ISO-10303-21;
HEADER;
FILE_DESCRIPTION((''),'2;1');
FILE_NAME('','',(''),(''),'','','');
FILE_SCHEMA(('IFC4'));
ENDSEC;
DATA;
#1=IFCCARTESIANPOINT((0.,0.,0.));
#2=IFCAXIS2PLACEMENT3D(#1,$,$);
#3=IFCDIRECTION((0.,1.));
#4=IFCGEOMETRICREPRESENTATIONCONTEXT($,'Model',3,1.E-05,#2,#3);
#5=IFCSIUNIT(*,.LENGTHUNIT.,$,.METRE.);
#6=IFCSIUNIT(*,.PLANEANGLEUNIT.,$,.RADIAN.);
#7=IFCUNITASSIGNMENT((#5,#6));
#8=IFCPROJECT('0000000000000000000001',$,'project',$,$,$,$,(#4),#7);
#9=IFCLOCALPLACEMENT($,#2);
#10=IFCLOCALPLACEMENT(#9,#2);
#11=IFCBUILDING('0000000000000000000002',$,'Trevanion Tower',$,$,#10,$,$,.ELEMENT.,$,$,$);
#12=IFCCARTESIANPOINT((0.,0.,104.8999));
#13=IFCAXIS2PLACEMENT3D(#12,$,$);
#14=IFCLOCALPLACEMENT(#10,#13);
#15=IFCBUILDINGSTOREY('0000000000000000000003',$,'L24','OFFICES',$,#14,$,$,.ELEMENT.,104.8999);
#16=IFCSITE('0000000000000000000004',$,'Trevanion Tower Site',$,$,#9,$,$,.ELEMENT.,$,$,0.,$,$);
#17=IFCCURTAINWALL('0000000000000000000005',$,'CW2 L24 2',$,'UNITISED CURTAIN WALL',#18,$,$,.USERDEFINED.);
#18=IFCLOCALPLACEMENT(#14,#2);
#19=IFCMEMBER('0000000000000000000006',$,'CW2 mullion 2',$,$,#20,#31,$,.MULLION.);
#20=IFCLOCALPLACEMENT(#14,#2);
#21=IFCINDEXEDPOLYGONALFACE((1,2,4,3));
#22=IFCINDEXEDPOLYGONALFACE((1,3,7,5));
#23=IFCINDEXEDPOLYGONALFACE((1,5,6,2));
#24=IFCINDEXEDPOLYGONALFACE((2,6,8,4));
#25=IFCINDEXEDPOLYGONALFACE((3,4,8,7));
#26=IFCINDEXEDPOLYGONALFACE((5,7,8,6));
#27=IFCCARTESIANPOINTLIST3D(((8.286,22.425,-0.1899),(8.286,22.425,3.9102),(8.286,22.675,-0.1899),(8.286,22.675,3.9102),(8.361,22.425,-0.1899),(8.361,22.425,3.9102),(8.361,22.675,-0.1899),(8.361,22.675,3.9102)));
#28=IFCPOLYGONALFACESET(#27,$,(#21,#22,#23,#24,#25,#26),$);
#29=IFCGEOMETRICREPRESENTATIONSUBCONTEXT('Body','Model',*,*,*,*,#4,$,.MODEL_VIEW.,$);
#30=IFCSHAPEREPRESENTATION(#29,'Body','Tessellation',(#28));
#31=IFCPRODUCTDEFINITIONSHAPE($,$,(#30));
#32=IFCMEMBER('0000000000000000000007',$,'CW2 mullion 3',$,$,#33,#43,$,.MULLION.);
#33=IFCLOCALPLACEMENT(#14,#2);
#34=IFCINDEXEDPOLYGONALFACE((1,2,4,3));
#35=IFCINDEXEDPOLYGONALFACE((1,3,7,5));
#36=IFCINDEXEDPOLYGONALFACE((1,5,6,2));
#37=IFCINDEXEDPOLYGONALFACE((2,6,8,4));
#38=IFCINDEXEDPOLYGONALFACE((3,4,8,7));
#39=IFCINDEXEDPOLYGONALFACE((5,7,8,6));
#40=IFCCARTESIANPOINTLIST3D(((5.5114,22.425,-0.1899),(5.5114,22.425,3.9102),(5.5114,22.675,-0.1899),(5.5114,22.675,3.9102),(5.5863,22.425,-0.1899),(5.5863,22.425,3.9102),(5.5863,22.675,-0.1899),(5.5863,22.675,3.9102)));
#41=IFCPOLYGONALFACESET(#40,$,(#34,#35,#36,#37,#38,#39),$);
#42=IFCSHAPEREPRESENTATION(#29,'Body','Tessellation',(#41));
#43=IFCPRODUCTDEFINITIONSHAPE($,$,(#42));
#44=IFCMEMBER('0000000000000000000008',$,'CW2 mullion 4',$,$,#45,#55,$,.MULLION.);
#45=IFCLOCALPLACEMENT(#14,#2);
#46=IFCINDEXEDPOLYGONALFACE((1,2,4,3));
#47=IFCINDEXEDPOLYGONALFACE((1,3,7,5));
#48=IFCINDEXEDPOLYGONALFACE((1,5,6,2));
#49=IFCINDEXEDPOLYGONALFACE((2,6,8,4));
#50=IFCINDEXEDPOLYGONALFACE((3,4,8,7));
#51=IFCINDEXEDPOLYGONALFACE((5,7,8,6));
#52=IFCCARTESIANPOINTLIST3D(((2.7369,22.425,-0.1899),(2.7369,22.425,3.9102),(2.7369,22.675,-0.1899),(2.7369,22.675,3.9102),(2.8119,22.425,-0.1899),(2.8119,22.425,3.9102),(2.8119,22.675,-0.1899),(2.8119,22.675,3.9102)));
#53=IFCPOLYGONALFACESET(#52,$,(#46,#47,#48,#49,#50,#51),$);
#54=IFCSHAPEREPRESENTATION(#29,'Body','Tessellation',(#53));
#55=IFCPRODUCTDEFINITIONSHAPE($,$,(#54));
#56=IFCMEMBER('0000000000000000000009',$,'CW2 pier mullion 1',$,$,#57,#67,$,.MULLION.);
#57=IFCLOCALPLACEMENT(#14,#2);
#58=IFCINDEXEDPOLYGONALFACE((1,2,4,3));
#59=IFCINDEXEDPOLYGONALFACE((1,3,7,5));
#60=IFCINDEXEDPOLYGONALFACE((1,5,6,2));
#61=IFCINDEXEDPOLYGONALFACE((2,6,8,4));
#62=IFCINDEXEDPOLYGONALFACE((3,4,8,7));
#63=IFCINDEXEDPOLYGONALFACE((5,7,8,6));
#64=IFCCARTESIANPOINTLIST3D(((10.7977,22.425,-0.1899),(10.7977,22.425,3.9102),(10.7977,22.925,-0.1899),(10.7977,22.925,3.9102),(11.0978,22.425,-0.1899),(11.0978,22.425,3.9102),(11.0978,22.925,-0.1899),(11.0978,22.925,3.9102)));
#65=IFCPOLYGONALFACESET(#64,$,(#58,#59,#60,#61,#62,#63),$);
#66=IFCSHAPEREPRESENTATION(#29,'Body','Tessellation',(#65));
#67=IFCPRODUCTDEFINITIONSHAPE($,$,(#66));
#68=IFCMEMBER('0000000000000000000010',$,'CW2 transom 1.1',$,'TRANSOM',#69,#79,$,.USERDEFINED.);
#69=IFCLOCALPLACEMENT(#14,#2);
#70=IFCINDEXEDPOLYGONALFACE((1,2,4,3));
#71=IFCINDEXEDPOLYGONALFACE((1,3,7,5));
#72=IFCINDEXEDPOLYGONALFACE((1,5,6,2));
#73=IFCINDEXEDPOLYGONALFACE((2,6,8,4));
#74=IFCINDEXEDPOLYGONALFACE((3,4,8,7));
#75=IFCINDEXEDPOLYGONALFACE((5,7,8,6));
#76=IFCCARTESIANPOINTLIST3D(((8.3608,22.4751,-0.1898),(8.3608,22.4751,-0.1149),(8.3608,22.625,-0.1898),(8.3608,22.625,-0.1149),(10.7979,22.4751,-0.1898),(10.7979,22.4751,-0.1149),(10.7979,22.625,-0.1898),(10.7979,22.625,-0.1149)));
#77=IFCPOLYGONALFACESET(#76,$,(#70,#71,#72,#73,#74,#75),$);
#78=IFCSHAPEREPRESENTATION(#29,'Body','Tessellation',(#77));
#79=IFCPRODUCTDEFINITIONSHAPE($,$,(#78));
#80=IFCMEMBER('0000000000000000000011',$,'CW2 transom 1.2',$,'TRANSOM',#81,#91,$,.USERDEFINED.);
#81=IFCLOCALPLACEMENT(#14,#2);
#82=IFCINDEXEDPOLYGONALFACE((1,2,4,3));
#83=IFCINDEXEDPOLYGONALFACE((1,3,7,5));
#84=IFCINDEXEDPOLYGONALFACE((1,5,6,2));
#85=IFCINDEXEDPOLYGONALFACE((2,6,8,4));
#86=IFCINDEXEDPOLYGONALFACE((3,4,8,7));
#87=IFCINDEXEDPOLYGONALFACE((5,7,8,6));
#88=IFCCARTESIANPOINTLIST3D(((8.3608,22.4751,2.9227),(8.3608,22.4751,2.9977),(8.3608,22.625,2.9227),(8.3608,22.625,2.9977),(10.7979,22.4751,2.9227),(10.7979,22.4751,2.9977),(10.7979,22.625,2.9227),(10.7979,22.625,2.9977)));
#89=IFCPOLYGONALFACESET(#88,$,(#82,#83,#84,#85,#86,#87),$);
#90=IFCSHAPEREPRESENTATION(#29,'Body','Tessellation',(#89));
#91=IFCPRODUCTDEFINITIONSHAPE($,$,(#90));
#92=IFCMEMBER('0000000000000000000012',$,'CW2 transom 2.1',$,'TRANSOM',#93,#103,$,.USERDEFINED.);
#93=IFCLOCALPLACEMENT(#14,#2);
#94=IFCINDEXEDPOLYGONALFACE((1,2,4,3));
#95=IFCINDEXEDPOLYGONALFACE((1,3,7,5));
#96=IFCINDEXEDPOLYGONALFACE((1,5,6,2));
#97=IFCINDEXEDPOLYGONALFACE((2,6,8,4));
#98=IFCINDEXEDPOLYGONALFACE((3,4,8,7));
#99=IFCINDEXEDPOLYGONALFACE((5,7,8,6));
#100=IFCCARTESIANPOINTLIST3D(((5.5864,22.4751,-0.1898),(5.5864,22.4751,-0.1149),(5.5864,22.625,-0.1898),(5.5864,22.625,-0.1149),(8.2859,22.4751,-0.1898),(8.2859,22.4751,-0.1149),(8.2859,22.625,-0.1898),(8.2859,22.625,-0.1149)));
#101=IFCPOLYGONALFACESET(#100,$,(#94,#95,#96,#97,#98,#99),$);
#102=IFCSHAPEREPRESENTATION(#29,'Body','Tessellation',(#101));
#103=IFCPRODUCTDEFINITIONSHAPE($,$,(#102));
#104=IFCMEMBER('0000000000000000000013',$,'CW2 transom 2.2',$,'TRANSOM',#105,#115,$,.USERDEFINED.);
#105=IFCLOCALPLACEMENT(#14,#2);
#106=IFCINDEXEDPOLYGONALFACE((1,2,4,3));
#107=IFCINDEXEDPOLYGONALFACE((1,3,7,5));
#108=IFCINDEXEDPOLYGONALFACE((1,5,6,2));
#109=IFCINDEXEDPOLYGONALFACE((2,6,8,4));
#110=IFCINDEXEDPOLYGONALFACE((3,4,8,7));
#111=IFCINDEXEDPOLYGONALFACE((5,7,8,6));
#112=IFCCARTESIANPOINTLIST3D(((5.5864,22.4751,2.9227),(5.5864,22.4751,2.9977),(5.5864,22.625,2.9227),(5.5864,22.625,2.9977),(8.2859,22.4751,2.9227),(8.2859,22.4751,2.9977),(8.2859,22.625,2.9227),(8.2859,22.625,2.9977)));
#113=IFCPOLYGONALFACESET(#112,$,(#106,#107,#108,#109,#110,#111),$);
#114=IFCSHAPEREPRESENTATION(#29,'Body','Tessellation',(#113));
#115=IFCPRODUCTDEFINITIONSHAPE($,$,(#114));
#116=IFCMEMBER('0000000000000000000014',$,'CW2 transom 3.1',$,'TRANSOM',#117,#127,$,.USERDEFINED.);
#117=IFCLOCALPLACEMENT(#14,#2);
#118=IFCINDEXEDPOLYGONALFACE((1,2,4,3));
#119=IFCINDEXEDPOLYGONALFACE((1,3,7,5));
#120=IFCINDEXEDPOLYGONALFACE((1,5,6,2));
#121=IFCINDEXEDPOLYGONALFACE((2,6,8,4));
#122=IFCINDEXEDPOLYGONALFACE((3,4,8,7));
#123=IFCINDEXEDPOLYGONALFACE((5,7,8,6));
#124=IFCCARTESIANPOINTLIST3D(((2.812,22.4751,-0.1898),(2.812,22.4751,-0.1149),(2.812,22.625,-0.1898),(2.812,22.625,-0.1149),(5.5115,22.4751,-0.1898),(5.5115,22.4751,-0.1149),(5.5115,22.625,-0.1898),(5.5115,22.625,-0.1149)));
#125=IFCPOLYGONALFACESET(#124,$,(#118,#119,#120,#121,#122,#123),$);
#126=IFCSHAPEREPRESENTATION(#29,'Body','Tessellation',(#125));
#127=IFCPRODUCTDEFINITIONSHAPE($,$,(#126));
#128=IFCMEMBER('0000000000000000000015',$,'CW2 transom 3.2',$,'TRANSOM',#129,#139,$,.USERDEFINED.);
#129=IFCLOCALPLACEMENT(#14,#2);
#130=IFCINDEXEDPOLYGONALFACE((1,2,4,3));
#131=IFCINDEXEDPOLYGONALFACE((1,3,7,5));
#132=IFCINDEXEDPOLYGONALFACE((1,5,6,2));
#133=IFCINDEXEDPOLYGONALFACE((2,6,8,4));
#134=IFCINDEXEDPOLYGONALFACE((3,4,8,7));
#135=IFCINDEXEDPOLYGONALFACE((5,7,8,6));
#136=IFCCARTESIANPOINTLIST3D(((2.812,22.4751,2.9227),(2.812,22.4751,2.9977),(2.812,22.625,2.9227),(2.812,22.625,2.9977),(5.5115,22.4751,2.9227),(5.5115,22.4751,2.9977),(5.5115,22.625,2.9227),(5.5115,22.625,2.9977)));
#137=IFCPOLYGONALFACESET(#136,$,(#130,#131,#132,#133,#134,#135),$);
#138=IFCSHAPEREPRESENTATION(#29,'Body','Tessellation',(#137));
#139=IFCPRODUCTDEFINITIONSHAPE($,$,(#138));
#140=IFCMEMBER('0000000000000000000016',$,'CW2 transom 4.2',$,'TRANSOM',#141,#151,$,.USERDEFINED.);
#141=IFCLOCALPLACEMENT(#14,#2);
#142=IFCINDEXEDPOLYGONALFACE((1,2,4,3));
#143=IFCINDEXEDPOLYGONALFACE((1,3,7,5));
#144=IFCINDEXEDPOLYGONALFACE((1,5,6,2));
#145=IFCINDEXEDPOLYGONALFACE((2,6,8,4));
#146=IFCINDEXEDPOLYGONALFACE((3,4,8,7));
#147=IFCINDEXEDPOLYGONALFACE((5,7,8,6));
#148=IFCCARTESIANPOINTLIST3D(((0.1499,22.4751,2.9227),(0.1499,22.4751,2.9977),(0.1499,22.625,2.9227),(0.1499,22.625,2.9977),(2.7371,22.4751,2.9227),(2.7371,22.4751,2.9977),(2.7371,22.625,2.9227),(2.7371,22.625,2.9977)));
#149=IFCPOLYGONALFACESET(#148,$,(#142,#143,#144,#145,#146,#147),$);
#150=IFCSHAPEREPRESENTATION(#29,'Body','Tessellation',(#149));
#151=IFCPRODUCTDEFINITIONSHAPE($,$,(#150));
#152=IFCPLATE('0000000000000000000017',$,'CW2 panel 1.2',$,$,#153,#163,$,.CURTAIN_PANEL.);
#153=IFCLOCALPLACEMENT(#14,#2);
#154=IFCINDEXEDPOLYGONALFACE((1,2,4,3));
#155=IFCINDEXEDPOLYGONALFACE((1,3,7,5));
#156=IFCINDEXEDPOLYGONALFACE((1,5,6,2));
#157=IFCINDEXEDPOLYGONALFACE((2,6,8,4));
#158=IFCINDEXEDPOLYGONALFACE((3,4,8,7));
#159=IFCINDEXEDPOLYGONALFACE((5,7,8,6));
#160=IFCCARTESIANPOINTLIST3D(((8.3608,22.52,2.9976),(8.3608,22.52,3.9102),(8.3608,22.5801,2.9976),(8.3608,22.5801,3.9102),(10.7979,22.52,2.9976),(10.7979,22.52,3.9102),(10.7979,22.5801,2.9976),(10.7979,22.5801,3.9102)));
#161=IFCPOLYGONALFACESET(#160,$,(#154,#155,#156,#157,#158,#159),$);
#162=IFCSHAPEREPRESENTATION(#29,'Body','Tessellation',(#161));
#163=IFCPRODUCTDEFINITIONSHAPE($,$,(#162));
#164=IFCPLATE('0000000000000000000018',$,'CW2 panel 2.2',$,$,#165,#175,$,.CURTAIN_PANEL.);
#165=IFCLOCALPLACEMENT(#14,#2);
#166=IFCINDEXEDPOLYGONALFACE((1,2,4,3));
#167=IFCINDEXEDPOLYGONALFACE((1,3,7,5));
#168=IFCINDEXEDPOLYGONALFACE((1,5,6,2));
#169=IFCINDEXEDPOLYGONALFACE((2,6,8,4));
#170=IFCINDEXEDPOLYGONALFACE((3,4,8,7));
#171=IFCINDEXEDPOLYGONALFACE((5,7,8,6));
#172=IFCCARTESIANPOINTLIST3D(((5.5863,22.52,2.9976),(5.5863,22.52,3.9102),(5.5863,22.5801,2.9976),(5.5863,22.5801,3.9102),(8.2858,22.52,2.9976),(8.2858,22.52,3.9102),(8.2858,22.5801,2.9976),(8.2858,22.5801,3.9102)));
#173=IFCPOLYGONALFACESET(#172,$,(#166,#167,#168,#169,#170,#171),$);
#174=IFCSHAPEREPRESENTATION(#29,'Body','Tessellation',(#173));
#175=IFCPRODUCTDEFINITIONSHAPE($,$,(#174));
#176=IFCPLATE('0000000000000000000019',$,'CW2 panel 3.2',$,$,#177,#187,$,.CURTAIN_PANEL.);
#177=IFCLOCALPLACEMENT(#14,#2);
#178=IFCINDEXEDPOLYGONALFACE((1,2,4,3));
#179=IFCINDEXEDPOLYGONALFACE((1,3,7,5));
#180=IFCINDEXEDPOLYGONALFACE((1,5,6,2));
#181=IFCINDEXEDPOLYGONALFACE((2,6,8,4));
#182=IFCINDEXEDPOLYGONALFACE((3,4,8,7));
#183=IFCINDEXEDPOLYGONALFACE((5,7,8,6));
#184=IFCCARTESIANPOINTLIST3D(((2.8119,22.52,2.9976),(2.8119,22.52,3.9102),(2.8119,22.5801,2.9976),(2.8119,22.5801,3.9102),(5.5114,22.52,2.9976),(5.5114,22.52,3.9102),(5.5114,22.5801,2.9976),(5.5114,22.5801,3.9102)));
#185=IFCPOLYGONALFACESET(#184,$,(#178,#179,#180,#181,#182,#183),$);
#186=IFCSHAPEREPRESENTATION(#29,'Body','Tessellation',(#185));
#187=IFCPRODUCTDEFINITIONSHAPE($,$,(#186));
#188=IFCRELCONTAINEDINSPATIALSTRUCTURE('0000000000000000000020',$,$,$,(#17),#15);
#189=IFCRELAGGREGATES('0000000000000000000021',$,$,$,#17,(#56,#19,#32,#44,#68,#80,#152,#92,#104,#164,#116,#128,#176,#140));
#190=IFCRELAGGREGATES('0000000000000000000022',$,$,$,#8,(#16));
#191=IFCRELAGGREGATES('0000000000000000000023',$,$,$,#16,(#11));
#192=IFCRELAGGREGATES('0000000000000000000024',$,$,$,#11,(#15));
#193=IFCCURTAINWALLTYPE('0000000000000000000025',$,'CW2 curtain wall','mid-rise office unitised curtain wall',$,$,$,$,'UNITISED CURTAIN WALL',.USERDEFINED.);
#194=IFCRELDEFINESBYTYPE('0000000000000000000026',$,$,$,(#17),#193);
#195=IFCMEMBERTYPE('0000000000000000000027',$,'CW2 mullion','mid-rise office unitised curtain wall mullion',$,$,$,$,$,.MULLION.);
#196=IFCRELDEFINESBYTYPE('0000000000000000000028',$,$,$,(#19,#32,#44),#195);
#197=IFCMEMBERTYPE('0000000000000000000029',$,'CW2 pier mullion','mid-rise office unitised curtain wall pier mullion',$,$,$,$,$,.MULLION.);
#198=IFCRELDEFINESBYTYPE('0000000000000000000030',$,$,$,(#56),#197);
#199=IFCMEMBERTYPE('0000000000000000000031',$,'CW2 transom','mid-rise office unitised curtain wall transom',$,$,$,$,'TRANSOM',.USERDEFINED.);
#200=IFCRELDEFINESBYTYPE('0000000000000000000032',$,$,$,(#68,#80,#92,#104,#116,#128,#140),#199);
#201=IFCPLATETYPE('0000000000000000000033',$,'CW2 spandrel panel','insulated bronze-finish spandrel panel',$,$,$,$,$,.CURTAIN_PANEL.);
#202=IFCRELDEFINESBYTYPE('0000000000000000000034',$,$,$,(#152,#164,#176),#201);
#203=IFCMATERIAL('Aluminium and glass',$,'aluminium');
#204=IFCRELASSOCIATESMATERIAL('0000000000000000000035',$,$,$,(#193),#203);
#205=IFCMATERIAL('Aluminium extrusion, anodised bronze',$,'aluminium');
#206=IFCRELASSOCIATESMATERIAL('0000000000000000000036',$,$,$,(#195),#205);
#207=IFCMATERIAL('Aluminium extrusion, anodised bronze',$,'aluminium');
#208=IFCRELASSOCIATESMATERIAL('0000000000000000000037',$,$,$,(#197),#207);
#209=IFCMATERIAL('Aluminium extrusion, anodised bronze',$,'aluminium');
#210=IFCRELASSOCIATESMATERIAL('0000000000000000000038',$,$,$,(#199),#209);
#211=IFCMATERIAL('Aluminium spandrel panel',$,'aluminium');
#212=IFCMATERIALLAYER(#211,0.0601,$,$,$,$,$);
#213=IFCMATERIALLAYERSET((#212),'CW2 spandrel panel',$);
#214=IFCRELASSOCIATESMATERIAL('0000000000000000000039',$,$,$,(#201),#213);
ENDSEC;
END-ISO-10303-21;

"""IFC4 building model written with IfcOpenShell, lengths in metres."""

from ifc_helpers import new_model, si_unit, direction, frame, origin, origin_2d, place, context, subcontext, project, spatial, rectangle, extrude, material, layer, layer_set, material_profile, profile_set, type_object, element, aggregate, save


model = new_model("IFC4")

# Units and contexts
model_context = context("Model", 3, precision=1e-05, world=origin(), true_north=direction((0.0, 1.0)))
body_context = subcontext(model_context, "Body", "Model", "MODEL_VIEW")
ifc_project = project(units=[si_unit("LENGTHUNIT", "METRE"), si_unit("PLANEANGLEUNIT", "RADIAN")], contexts=[model_context])

# Site, building, storey
site_placement = place(None, origin())
site = spatial("IfcSite", under=ifc_project, at=site_placement, Name="Trevanion Tower Site", CompositionType="ELEMENT", RefElevation=0.0)
building_placement = place(site_placement, origin())
building = spatial("IfcBuilding", under=site, at=building_placement, Name="Trevanion Tower", CompositionType="ELEMENT")
storey_placement = place(building_placement, frame((0.0, 0.0, 104.8999)))
storey = spatial("IfcBuildingStorey", under=building, at=storey_placement, Name="L24", Description="OFFICES", CompositionType="ELEMENT", Elevation=104.8999)

# Curtain wall, members, plates
ifc_material_1 = material(Name="Aluminium and glass", Category="aluminium")
curtain_wall_type = type_object("IfcCurtainWallType", Name="CW2 curtain wall", Description="mid-rise office unitised curtain wall", ElementType="UNITISED CURTAIN WALL", PredefinedType="USERDEFINED", material=ifc_material_1)
curtain_wall_placement = place(storey_placement, origin())
curtain_wall = element("IfcCurtainWall", 1, at=curtain_wall_placement, inside=storey, type_object=curtain_wall_type, Name="CW2 L24 2", ObjectType="UNITISED CURTAIN WALL", PredefinedType="USERDEFINED")
ifc_material_2 = material(Name="Aluminium extrusion, anodised bronze", Category="aluminium")
ifc_material_profile_1 = material_profile(ifc_material_2, rectangle(XDim=0.075, YDim=0.25, at=origin_2d()), Name="CW2 mullion")
ifc_profile_set_1 = profile_set([ifc_material_profile_1], Name="Aluminium extrusion, anodised bronze")
member_type_1 = type_object("IfcMemberType", Name="CW2 mullion", Description="mid-rise office unitised curtain wall mullion", PredefinedType="MULLION", material=ifc_profile_set_1)
member_1_placement = place(storey_placement, frame((8.3235, 22.55, -0.1899), z_axis=(0.0, 0.0, 1.0), x_axis=(-1.0, 0.0, 0.0)))
member_1 = element("IfcMember", 2, at=member_1_placement, type_object=member_type_1, Name="CW2 mullion 2", PredefinedType="MULLION", context=body_context, shape_type="SweptSolid", body=[
    extrude(rectangle(XDim=0.075, YDim=0.25, at=origin_2d()), origin(), (0.0, 0.0, 1.0), 4.1001),
])
member_2_placement = place(storey_placement, frame((5.5488, 22.55, -0.1899), z_axis=(0.0, 0.0, 1.0), x_axis=(-1.0, 0.0, 0.0)))
member_2 = element("IfcMember", 3, at=member_2_placement, type_object=member_type_1, Name="CW2 mullion 3", PredefinedType="MULLION", context=body_context, shape_type="SweptSolid", body=[
    extrude(rectangle(XDim=0.075, YDim=0.25, at=origin_2d()), origin(), (0.0, 0.0, 1.0), 4.1001),
])
member_3_placement = place(storey_placement, frame((2.7744, 22.55, -0.1899), z_axis=(0.0, 0.0, 1.0), x_axis=(-1.0, 0.0, 0.0)))
member_3 = element("IfcMember", 4, at=member_3_placement, type_object=member_type_1, Name="CW2 mullion 4", PredefinedType="MULLION", context=body_context, shape_type="SweptSolid", body=[
    extrude(rectangle(XDim=0.075, YDim=0.25, at=origin_2d()), origin(), (0.0, 0.0, 1.0), 4.1001),
])
ifc_material_3 = material(Name="Aluminium extrusion, anodised bronze", Category="aluminium")
ifc_material_profile_2 = material_profile(ifc_material_3, rectangle(XDim=0.3, YDim=0.5, at=origin_2d()), Name="CW2 pier mullion")
ifc_profile_set_2 = profile_set([ifc_material_profile_2], Name="Aluminium extrusion, anodised bronze")
member_type_2 = type_object("IfcMemberType", Name="CW2 pier mullion", Description="mid-rise office unitised curtain wall pier mullion", PredefinedType="MULLION", material=ifc_profile_set_2)
member_4_placement = place(storey_placement, frame((10.9478, 22.675, -0.1899), z_axis=(0.0, 0.0, 1.0), x_axis=(-1.0, 0.0, 0.0)))
member_4 = element("IfcMember", 5, at=member_4_placement, type_object=member_type_2, Name="CW2 pier mullion 1", PredefinedType="MULLION", context=body_context, shape_type="SweptSolid", body=[
    extrude(rectangle(XDim=0.3, YDim=0.5, at=origin_2d()), origin(), (0.0, 0.0, 1.0), 4.1001),
])
ifc_material_4 = material(Name="Aluminium extrusion, anodised bronze", Category="aluminium")
ifc_material_profile_3 = material_profile(ifc_material_4, rectangle(XDim=0.1499, YDim=0.075, at=origin_2d()), Name="CW2 transom")
ifc_profile_set_3 = profile_set([ifc_material_profile_3], Name="Aluminium extrusion, anodised bronze")
member_type_3 = type_object("IfcMemberType", Name="CW2 transom", Description="mid-rise office unitised curtain wall transom", ElementType="TRANSOM", PredefinedType="USERDEFINED", material=ifc_profile_set_3)
member_5_placement = place(storey_placement, frame((10.7979, 22.55, -0.1523), z_axis=(-1.0, 0.0, 0.0), x_axis=(0.0, -1.0, 0.0)))
member_5 = element("IfcMember", 6, at=member_5_placement, type_object=member_type_3, Name="CW2 transom 1.1", ObjectType="TRANSOM", PredefinedType="USERDEFINED", context=body_context, shape_type="SweptSolid", body=[
    extrude(rectangle(XDim=0.1499, YDim=0.075, at=origin_2d()), origin(), (0.0, 0.0, 1.0), 2.437),
])
member_6_placement = place(storey_placement, frame((10.7979, 22.55, 2.9602), z_axis=(-1.0, 0.0, 0.0), x_axis=(0.0, -1.0, 0.0)))
member_6 = element("IfcMember", 7, at=member_6_placement, type_object=member_type_3, Name="CW2 transom 1.2", ObjectType="TRANSOM", PredefinedType="USERDEFINED", context=body_context, shape_type="SweptSolid", body=[
    extrude(rectangle(XDim=0.1499, YDim=0.075, at=origin_2d()), origin(), (0.0, 0.0, 1.0), 2.437),
])
member_7_placement = place(storey_placement, frame((8.2859, 22.55, -0.1523), z_axis=(-1.0, 0.0, 0.0), x_axis=(0.0, -1.0, 0.0)))
member_7 = element("IfcMember", 8, at=member_7_placement, type_object=member_type_3, Name="CW2 transom 2.1", ObjectType="TRANSOM", PredefinedType="USERDEFINED", context=body_context, shape_type="SweptSolid", body=[
    extrude(rectangle(XDim=0.1499, YDim=0.075, at=origin_2d()), origin(), (0.0, 0.0, 1.0), 2.6995),
])
member_8_placement = place(storey_placement, frame((8.2859, 22.55, 2.9602), z_axis=(-1.0, 0.0, 0.0), x_axis=(0.0, -1.0, 0.0)))
member_8 = element("IfcMember", 9, at=member_8_placement, type_object=member_type_3, Name="CW2 transom 2.2", ObjectType="TRANSOM", PredefinedType="USERDEFINED", context=body_context, shape_type="SweptSolid", body=[
    extrude(rectangle(XDim=0.1499, YDim=0.075, at=origin_2d()), origin(), (0.0, 0.0, 1.0), 2.6995),
])
member_9_placement = place(storey_placement, frame((5.5115, 22.55, -0.1523), z_axis=(-1.0, 0.0, 0.0), x_axis=(0.0, -1.0, 0.0)))
member_9 = element("IfcMember", 10, at=member_9_placement, type_object=member_type_3, Name="CW2 transom 3.1", ObjectType="TRANSOM", PredefinedType="USERDEFINED", context=body_context, shape_type="SweptSolid", body=[
    extrude(rectangle(XDim=0.1499, YDim=0.075, at=origin_2d()), origin(), (0.0, 0.0, 1.0), 2.6995),
])
member_10_placement = place(storey_placement, frame((5.5115, 22.55, 2.9602), z_axis=(-1.0, 0.0, 0.0), x_axis=(0.0, -1.0, 0.0)))
member_10 = element("IfcMember", 11, at=member_10_placement, type_object=member_type_3, Name="CW2 transom 3.2", ObjectType="TRANSOM", PredefinedType="USERDEFINED", context=body_context, shape_type="SweptSolid", body=[
    extrude(rectangle(XDim=0.1499, YDim=0.075, at=origin_2d()), origin(), (0.0, 0.0, 1.0), 2.6995),
])
member_11_placement = place(storey_placement, frame((2.7371, 22.55, 2.9602), z_axis=(-1.0, 0.0, 0.0), x_axis=(0.0, -1.0, 0.0)))
member_11 = element("IfcMember", 12, at=member_11_placement, type_object=member_type_3, Name="CW2 transom 4.2", ObjectType="TRANSOM", PredefinedType="USERDEFINED", context=body_context, shape_type="SweptSolid", body=[
    extrude(rectangle(XDim=0.1499, YDim=0.075, at=origin_2d()), origin(), (0.0, 0.0, 1.0), 2.5872),
])
ifc_material_5 = material(Name="Aluminium spandrel panel", Category="aluminium")
ifc_layer_1 = layer(ifc_material_5, 0.0601)
ifc_layer_set_1 = layer_set([ifc_layer_1], Name="CW2 spandrel panel")
plate_type_1 = type_object("IfcPlateType", Name="CW2 spandrel panel", Description="insulated bronze-finish spandrel panel", PredefinedType="CURTAIN_PANEL", material=ifc_layer_set_1)
plate_1_placement = place(storey_placement, frame((9.5793, 22.55, 2.9976), z_axis=(0.0, 0.0, 1.0), x_axis=(-1.0, 0.0, 0.0)))
plate_1 = element("IfcPlate", 13, at=plate_1_placement, type_object=plate_type_1, Name="CW2 panel 1.2", PredefinedType="CURTAIN_PANEL", context=body_context, shape_type="SweptSolid", body=[
    extrude(rectangle(XDim=2.437, YDim=0.0601, at=origin_2d()), origin(), (0.0, 0.0, 1.0), 0.9126),
])
plate_2_placement = place(storey_placement, frame((6.936, 22.55, 2.9976), z_axis=(0.0, 0.0, 1.0), x_axis=(-1.0, 0.0, 0.0)))
plate_2 = element("IfcPlate", 14, at=plate_2_placement, type_object=plate_type_1, Name="CW2 panel 2.2", PredefinedType="CURTAIN_PANEL", context=body_context, shape_type="SweptSolid", body=[
    extrude(rectangle(XDim=2.6995, YDim=0.0601, at=origin_2d()), origin(), (0.0, 0.0, 1.0), 0.9126),
])
plate_3_placement = place(storey_placement, frame((4.1616, 22.55, 2.9976), z_axis=(0.0, 0.0, 1.0), x_axis=(-1.0, 0.0, 0.0)))
plate_3 = element("IfcPlate", 15, at=plate_3_placement, type_object=plate_type_1, Name="CW2 panel 3.2", PredefinedType="CURTAIN_PANEL", context=body_context, shape_type="SweptSolid", body=[
    extrude(rectangle(XDim=2.6995, YDim=0.0601, at=origin_2d()), origin(), (0.0, 0.0, 1.0), 0.9126),
])
aggregate(curtain_wall, [member_4, member_1, member_2, member_3, member_5, member_6, plate_1, member_7, member_8, plate_2, member_9, member_10, plate_3, member_11])

save(model, "model.ifc")
